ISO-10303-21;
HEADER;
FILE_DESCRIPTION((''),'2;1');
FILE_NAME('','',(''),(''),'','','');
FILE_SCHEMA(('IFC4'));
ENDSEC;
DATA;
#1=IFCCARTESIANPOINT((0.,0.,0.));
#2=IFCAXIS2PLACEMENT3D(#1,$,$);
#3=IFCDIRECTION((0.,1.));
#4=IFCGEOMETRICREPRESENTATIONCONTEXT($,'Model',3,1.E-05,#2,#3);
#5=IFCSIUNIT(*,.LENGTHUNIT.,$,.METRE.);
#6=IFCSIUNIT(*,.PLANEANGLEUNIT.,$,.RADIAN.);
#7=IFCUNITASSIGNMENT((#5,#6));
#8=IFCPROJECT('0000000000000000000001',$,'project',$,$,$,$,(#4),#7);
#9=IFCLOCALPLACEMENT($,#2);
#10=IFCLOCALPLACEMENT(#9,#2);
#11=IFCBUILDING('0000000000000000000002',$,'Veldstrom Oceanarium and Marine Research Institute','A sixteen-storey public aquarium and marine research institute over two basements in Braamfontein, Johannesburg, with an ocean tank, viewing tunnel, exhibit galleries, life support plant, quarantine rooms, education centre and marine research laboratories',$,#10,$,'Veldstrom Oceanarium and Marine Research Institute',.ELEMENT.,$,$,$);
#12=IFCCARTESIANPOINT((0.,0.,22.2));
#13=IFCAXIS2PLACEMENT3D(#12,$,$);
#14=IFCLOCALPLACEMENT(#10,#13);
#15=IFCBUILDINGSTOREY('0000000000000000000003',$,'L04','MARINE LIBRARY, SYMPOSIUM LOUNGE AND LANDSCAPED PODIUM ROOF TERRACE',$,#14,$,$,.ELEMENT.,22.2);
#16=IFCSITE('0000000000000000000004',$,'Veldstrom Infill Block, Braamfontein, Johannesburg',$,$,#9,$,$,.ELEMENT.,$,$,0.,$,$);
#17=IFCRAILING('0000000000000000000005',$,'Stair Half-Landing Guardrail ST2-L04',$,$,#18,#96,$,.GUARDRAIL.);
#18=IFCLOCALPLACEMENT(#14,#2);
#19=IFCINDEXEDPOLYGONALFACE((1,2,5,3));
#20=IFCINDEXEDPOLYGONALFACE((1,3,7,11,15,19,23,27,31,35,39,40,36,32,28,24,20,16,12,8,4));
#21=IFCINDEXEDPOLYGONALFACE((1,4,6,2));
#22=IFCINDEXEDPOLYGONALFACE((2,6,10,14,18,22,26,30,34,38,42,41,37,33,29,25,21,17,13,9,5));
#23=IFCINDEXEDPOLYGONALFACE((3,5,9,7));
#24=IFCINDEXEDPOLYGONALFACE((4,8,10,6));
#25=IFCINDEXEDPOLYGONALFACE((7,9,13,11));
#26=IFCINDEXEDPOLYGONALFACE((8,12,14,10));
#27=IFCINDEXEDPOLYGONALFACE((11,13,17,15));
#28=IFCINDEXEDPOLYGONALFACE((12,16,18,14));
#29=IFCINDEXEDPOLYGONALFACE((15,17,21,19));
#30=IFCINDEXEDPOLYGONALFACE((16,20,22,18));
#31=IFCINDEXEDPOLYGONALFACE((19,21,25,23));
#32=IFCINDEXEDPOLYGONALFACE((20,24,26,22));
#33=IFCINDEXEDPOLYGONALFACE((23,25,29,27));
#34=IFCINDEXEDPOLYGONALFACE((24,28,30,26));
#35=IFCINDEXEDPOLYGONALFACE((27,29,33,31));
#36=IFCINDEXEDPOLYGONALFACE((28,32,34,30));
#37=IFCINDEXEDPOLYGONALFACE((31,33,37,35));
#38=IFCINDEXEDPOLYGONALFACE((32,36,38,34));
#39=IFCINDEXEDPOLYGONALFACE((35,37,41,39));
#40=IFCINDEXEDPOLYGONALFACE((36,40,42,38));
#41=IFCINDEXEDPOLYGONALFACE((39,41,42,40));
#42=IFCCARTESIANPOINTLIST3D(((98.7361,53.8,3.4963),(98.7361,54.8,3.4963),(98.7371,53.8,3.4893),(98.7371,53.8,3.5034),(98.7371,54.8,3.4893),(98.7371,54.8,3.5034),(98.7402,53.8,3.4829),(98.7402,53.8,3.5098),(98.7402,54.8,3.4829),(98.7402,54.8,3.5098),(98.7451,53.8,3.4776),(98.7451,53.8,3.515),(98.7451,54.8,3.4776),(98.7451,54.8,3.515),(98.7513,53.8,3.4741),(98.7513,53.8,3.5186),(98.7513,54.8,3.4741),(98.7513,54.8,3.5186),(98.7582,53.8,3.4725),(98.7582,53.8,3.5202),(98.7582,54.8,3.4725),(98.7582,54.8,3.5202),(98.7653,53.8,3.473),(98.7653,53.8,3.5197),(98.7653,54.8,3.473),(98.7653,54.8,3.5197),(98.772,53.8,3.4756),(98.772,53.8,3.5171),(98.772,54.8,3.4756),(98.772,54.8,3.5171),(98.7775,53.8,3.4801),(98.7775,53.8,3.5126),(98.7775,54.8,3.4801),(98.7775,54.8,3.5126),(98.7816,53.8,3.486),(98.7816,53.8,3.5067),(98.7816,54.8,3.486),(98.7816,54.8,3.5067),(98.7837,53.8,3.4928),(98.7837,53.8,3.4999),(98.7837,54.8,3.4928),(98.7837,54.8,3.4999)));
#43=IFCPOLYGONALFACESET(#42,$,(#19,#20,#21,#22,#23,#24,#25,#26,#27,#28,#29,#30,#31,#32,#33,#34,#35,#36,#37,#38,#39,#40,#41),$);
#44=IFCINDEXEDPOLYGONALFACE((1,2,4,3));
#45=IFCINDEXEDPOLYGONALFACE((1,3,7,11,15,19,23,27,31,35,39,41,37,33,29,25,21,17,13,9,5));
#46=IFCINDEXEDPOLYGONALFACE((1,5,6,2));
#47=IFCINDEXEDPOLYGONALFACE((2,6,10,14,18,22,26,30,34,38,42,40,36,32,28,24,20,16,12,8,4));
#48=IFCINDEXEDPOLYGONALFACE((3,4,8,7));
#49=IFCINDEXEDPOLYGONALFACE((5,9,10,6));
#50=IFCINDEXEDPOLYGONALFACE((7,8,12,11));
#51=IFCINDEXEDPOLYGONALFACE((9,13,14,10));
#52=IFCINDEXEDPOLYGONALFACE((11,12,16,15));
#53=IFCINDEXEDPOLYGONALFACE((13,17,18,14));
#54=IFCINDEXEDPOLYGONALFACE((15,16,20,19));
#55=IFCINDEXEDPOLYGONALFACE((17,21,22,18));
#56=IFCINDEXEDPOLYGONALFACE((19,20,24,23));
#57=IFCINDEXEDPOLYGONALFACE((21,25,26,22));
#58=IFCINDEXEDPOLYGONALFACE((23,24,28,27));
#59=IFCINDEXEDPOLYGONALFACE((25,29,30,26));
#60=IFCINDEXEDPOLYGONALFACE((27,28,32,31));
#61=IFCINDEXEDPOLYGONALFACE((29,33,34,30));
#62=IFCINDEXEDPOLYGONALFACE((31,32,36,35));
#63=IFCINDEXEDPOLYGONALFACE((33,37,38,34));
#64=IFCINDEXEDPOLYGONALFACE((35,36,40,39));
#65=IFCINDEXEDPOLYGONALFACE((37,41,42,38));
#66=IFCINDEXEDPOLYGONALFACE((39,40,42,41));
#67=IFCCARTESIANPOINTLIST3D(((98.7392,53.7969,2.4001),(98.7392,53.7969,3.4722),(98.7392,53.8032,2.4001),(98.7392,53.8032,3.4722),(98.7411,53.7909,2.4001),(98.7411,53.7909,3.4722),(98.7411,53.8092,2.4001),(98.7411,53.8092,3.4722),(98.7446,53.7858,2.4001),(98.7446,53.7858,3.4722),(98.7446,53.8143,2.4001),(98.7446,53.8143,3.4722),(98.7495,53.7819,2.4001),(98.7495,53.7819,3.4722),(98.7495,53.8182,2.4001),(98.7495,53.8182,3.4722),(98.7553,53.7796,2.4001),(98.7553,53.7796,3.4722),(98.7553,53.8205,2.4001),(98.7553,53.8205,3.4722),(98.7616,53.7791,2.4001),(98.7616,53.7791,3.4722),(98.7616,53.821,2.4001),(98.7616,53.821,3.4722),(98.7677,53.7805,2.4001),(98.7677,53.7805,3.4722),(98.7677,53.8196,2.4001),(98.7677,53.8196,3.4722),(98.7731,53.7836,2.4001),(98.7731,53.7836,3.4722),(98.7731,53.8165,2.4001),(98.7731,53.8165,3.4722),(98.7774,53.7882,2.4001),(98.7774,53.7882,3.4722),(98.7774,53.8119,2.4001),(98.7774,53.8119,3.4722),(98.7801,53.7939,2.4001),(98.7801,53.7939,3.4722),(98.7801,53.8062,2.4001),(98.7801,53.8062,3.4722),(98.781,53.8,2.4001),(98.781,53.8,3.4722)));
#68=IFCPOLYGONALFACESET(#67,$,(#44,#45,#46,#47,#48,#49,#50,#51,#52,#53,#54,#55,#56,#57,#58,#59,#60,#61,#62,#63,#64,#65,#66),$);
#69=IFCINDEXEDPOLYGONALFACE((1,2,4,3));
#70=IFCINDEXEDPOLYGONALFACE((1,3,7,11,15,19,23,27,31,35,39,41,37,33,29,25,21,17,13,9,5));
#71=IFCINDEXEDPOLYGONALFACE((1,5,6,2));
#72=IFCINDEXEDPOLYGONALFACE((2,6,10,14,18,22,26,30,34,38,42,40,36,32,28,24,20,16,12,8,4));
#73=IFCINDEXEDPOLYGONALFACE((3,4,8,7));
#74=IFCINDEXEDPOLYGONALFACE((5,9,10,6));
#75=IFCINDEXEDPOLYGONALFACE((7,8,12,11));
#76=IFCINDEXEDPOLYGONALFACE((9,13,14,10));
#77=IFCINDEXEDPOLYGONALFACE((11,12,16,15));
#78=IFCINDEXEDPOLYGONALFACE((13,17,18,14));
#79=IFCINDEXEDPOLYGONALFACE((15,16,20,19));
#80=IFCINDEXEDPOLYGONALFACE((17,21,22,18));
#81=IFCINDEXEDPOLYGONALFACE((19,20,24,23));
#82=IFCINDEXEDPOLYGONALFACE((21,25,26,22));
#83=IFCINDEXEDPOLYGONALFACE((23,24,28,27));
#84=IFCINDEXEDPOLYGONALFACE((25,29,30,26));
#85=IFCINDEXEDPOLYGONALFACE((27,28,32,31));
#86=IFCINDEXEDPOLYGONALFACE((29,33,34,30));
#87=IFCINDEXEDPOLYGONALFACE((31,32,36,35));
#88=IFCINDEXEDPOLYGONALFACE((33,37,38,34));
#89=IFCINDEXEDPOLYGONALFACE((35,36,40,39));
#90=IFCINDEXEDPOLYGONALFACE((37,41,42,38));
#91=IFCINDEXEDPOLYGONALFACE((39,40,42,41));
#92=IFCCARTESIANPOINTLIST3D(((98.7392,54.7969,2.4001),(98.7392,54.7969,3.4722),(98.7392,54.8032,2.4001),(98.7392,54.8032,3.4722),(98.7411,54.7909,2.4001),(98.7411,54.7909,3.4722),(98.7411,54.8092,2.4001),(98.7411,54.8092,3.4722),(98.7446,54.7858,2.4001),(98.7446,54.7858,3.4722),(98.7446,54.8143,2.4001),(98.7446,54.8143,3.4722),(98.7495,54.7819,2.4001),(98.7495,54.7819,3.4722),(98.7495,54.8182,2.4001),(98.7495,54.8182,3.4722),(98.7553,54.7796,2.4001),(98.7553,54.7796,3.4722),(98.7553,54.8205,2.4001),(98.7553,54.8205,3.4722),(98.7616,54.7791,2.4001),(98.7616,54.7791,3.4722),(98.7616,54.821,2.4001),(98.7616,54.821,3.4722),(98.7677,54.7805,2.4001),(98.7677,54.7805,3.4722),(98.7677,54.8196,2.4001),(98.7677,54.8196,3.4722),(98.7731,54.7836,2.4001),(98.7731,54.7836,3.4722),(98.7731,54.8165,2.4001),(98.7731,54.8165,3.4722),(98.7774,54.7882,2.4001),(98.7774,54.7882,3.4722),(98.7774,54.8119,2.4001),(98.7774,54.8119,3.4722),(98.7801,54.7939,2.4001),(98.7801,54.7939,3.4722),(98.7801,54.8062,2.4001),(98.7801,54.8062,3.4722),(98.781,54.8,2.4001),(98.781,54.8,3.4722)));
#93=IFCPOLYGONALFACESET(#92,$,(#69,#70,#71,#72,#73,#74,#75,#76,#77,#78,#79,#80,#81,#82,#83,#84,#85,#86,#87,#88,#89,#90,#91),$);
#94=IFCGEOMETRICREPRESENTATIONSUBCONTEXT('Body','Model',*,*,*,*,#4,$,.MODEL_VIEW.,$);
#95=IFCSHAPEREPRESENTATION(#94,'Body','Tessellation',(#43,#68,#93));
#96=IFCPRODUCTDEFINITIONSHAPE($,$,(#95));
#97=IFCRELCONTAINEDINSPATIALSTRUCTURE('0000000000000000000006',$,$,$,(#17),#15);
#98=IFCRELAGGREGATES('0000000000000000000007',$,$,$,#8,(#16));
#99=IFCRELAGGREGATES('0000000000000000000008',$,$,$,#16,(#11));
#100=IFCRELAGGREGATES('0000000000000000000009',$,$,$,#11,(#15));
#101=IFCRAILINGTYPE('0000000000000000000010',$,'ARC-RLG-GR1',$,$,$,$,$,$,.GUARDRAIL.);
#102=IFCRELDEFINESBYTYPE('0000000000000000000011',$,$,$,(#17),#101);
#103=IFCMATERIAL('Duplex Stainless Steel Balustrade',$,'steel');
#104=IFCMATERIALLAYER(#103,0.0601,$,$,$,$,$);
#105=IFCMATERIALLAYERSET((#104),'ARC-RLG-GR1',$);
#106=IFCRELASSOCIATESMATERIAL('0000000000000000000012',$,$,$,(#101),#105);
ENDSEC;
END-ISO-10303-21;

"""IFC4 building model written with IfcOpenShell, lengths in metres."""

from ifc_helpers import new_model, si_unit, direction, frame, origin, origin_2d, place, context, subcontext, project, spatial, circle, extrude, material, layer, layer_set, type_object, element, save


model = new_model("IFC4")

# Units and contexts
model_context = context("Model", 3, precision=1e-05, world=origin(), true_north=direction((0.0, 1.0)))
body_context = subcontext(model_context, "Body", "Model", "MODEL_VIEW")
ifc_project = project(units=[si_unit("LENGTHUNIT", "METRE"), si_unit("PLANEANGLEUNIT", "RADIAN")], contexts=[model_context])

# Site, building, storey
site_placement = place(None, origin())
site = spatial("IfcSite", under=ifc_project, at=site_placement, Name="Veldstrom Infill Block, Braamfontein, Johannesburg", CompositionType="ELEMENT", RefElevation=0.0)
building_placement = place(site_placement, origin())
building = spatial("IfcBuilding", under=site, at=building_placement, Name="Veldstrom Oceanarium and Marine Research Institute", Description="A sixteen-storey public aquarium and marine research institute over two basements in Braamfontein, Johannesburg, with an ocean tank, viewing tunnel, exhibit galleries, life support plant, quarantine rooms, education centre and marine research laboratories", LongName="Veldstrom Oceanarium and Marine Research Institute", CompositionType="ELEMENT")
storey_placement = place(building_placement, frame((0.0, 0.0, 22.2)))
storey = spatial("IfcBuildingStorey", under=building, at=storey_placement, Name="L04", Description="MARINE LIBRARY, SYMPOSIUM LOUNGE AND LANDSCAPED PODIUM ROOF TERRACE", CompositionType="ELEMENT", Elevation=22.2)

# Railing
ifc_material_1 = material(Name="Duplex Stainless Steel Balustrade", Category="steel")
ifc_layer_1 = layer(ifc_material_1, 0.0601)
ifc_layer_set_1 = layer_set([ifc_layer_1], Name="ARC-RLG-GR1")
railing_type_1 = type_object("IfcRailingType", Name="ARC-RLG-GR1", PredefinedType="GUARDRAIL", material=ifc_layer_set_1)
railing_1_placement = place(storey_placement, frame((98.76, 53.8, 2.4001)))
element("IfcRailing", 1, at=railing_1_placement, inside=storey, type_object=railing_type_1, Name="Stair Half-Landing Guardrail ST2-L04", PredefinedType="GUARDRAIL", context=body_context, shape_type="SweptSolid", body=[
    extrude(circle(Radius=0.0239, at=origin_2d()), frame((0.0, 0.0, 1.0962), z_axis=(0.0, 1.0, 0.0), x_axis=(-1.0, 0.0, 0.0)), (0.0, 0.0, 1.0), 1.0),
    extrude(circle(Radius=0.021, at=origin_2d()), origin(), (0.0, 0.0, 1.0), 1.072),
    extrude(circle(Radius=0.021, at=origin_2d()), frame((0.0, 1.0, 0.0)), (0.0, 0.0, 1.0), 1.072),
])

save(model, "model.ifc")
